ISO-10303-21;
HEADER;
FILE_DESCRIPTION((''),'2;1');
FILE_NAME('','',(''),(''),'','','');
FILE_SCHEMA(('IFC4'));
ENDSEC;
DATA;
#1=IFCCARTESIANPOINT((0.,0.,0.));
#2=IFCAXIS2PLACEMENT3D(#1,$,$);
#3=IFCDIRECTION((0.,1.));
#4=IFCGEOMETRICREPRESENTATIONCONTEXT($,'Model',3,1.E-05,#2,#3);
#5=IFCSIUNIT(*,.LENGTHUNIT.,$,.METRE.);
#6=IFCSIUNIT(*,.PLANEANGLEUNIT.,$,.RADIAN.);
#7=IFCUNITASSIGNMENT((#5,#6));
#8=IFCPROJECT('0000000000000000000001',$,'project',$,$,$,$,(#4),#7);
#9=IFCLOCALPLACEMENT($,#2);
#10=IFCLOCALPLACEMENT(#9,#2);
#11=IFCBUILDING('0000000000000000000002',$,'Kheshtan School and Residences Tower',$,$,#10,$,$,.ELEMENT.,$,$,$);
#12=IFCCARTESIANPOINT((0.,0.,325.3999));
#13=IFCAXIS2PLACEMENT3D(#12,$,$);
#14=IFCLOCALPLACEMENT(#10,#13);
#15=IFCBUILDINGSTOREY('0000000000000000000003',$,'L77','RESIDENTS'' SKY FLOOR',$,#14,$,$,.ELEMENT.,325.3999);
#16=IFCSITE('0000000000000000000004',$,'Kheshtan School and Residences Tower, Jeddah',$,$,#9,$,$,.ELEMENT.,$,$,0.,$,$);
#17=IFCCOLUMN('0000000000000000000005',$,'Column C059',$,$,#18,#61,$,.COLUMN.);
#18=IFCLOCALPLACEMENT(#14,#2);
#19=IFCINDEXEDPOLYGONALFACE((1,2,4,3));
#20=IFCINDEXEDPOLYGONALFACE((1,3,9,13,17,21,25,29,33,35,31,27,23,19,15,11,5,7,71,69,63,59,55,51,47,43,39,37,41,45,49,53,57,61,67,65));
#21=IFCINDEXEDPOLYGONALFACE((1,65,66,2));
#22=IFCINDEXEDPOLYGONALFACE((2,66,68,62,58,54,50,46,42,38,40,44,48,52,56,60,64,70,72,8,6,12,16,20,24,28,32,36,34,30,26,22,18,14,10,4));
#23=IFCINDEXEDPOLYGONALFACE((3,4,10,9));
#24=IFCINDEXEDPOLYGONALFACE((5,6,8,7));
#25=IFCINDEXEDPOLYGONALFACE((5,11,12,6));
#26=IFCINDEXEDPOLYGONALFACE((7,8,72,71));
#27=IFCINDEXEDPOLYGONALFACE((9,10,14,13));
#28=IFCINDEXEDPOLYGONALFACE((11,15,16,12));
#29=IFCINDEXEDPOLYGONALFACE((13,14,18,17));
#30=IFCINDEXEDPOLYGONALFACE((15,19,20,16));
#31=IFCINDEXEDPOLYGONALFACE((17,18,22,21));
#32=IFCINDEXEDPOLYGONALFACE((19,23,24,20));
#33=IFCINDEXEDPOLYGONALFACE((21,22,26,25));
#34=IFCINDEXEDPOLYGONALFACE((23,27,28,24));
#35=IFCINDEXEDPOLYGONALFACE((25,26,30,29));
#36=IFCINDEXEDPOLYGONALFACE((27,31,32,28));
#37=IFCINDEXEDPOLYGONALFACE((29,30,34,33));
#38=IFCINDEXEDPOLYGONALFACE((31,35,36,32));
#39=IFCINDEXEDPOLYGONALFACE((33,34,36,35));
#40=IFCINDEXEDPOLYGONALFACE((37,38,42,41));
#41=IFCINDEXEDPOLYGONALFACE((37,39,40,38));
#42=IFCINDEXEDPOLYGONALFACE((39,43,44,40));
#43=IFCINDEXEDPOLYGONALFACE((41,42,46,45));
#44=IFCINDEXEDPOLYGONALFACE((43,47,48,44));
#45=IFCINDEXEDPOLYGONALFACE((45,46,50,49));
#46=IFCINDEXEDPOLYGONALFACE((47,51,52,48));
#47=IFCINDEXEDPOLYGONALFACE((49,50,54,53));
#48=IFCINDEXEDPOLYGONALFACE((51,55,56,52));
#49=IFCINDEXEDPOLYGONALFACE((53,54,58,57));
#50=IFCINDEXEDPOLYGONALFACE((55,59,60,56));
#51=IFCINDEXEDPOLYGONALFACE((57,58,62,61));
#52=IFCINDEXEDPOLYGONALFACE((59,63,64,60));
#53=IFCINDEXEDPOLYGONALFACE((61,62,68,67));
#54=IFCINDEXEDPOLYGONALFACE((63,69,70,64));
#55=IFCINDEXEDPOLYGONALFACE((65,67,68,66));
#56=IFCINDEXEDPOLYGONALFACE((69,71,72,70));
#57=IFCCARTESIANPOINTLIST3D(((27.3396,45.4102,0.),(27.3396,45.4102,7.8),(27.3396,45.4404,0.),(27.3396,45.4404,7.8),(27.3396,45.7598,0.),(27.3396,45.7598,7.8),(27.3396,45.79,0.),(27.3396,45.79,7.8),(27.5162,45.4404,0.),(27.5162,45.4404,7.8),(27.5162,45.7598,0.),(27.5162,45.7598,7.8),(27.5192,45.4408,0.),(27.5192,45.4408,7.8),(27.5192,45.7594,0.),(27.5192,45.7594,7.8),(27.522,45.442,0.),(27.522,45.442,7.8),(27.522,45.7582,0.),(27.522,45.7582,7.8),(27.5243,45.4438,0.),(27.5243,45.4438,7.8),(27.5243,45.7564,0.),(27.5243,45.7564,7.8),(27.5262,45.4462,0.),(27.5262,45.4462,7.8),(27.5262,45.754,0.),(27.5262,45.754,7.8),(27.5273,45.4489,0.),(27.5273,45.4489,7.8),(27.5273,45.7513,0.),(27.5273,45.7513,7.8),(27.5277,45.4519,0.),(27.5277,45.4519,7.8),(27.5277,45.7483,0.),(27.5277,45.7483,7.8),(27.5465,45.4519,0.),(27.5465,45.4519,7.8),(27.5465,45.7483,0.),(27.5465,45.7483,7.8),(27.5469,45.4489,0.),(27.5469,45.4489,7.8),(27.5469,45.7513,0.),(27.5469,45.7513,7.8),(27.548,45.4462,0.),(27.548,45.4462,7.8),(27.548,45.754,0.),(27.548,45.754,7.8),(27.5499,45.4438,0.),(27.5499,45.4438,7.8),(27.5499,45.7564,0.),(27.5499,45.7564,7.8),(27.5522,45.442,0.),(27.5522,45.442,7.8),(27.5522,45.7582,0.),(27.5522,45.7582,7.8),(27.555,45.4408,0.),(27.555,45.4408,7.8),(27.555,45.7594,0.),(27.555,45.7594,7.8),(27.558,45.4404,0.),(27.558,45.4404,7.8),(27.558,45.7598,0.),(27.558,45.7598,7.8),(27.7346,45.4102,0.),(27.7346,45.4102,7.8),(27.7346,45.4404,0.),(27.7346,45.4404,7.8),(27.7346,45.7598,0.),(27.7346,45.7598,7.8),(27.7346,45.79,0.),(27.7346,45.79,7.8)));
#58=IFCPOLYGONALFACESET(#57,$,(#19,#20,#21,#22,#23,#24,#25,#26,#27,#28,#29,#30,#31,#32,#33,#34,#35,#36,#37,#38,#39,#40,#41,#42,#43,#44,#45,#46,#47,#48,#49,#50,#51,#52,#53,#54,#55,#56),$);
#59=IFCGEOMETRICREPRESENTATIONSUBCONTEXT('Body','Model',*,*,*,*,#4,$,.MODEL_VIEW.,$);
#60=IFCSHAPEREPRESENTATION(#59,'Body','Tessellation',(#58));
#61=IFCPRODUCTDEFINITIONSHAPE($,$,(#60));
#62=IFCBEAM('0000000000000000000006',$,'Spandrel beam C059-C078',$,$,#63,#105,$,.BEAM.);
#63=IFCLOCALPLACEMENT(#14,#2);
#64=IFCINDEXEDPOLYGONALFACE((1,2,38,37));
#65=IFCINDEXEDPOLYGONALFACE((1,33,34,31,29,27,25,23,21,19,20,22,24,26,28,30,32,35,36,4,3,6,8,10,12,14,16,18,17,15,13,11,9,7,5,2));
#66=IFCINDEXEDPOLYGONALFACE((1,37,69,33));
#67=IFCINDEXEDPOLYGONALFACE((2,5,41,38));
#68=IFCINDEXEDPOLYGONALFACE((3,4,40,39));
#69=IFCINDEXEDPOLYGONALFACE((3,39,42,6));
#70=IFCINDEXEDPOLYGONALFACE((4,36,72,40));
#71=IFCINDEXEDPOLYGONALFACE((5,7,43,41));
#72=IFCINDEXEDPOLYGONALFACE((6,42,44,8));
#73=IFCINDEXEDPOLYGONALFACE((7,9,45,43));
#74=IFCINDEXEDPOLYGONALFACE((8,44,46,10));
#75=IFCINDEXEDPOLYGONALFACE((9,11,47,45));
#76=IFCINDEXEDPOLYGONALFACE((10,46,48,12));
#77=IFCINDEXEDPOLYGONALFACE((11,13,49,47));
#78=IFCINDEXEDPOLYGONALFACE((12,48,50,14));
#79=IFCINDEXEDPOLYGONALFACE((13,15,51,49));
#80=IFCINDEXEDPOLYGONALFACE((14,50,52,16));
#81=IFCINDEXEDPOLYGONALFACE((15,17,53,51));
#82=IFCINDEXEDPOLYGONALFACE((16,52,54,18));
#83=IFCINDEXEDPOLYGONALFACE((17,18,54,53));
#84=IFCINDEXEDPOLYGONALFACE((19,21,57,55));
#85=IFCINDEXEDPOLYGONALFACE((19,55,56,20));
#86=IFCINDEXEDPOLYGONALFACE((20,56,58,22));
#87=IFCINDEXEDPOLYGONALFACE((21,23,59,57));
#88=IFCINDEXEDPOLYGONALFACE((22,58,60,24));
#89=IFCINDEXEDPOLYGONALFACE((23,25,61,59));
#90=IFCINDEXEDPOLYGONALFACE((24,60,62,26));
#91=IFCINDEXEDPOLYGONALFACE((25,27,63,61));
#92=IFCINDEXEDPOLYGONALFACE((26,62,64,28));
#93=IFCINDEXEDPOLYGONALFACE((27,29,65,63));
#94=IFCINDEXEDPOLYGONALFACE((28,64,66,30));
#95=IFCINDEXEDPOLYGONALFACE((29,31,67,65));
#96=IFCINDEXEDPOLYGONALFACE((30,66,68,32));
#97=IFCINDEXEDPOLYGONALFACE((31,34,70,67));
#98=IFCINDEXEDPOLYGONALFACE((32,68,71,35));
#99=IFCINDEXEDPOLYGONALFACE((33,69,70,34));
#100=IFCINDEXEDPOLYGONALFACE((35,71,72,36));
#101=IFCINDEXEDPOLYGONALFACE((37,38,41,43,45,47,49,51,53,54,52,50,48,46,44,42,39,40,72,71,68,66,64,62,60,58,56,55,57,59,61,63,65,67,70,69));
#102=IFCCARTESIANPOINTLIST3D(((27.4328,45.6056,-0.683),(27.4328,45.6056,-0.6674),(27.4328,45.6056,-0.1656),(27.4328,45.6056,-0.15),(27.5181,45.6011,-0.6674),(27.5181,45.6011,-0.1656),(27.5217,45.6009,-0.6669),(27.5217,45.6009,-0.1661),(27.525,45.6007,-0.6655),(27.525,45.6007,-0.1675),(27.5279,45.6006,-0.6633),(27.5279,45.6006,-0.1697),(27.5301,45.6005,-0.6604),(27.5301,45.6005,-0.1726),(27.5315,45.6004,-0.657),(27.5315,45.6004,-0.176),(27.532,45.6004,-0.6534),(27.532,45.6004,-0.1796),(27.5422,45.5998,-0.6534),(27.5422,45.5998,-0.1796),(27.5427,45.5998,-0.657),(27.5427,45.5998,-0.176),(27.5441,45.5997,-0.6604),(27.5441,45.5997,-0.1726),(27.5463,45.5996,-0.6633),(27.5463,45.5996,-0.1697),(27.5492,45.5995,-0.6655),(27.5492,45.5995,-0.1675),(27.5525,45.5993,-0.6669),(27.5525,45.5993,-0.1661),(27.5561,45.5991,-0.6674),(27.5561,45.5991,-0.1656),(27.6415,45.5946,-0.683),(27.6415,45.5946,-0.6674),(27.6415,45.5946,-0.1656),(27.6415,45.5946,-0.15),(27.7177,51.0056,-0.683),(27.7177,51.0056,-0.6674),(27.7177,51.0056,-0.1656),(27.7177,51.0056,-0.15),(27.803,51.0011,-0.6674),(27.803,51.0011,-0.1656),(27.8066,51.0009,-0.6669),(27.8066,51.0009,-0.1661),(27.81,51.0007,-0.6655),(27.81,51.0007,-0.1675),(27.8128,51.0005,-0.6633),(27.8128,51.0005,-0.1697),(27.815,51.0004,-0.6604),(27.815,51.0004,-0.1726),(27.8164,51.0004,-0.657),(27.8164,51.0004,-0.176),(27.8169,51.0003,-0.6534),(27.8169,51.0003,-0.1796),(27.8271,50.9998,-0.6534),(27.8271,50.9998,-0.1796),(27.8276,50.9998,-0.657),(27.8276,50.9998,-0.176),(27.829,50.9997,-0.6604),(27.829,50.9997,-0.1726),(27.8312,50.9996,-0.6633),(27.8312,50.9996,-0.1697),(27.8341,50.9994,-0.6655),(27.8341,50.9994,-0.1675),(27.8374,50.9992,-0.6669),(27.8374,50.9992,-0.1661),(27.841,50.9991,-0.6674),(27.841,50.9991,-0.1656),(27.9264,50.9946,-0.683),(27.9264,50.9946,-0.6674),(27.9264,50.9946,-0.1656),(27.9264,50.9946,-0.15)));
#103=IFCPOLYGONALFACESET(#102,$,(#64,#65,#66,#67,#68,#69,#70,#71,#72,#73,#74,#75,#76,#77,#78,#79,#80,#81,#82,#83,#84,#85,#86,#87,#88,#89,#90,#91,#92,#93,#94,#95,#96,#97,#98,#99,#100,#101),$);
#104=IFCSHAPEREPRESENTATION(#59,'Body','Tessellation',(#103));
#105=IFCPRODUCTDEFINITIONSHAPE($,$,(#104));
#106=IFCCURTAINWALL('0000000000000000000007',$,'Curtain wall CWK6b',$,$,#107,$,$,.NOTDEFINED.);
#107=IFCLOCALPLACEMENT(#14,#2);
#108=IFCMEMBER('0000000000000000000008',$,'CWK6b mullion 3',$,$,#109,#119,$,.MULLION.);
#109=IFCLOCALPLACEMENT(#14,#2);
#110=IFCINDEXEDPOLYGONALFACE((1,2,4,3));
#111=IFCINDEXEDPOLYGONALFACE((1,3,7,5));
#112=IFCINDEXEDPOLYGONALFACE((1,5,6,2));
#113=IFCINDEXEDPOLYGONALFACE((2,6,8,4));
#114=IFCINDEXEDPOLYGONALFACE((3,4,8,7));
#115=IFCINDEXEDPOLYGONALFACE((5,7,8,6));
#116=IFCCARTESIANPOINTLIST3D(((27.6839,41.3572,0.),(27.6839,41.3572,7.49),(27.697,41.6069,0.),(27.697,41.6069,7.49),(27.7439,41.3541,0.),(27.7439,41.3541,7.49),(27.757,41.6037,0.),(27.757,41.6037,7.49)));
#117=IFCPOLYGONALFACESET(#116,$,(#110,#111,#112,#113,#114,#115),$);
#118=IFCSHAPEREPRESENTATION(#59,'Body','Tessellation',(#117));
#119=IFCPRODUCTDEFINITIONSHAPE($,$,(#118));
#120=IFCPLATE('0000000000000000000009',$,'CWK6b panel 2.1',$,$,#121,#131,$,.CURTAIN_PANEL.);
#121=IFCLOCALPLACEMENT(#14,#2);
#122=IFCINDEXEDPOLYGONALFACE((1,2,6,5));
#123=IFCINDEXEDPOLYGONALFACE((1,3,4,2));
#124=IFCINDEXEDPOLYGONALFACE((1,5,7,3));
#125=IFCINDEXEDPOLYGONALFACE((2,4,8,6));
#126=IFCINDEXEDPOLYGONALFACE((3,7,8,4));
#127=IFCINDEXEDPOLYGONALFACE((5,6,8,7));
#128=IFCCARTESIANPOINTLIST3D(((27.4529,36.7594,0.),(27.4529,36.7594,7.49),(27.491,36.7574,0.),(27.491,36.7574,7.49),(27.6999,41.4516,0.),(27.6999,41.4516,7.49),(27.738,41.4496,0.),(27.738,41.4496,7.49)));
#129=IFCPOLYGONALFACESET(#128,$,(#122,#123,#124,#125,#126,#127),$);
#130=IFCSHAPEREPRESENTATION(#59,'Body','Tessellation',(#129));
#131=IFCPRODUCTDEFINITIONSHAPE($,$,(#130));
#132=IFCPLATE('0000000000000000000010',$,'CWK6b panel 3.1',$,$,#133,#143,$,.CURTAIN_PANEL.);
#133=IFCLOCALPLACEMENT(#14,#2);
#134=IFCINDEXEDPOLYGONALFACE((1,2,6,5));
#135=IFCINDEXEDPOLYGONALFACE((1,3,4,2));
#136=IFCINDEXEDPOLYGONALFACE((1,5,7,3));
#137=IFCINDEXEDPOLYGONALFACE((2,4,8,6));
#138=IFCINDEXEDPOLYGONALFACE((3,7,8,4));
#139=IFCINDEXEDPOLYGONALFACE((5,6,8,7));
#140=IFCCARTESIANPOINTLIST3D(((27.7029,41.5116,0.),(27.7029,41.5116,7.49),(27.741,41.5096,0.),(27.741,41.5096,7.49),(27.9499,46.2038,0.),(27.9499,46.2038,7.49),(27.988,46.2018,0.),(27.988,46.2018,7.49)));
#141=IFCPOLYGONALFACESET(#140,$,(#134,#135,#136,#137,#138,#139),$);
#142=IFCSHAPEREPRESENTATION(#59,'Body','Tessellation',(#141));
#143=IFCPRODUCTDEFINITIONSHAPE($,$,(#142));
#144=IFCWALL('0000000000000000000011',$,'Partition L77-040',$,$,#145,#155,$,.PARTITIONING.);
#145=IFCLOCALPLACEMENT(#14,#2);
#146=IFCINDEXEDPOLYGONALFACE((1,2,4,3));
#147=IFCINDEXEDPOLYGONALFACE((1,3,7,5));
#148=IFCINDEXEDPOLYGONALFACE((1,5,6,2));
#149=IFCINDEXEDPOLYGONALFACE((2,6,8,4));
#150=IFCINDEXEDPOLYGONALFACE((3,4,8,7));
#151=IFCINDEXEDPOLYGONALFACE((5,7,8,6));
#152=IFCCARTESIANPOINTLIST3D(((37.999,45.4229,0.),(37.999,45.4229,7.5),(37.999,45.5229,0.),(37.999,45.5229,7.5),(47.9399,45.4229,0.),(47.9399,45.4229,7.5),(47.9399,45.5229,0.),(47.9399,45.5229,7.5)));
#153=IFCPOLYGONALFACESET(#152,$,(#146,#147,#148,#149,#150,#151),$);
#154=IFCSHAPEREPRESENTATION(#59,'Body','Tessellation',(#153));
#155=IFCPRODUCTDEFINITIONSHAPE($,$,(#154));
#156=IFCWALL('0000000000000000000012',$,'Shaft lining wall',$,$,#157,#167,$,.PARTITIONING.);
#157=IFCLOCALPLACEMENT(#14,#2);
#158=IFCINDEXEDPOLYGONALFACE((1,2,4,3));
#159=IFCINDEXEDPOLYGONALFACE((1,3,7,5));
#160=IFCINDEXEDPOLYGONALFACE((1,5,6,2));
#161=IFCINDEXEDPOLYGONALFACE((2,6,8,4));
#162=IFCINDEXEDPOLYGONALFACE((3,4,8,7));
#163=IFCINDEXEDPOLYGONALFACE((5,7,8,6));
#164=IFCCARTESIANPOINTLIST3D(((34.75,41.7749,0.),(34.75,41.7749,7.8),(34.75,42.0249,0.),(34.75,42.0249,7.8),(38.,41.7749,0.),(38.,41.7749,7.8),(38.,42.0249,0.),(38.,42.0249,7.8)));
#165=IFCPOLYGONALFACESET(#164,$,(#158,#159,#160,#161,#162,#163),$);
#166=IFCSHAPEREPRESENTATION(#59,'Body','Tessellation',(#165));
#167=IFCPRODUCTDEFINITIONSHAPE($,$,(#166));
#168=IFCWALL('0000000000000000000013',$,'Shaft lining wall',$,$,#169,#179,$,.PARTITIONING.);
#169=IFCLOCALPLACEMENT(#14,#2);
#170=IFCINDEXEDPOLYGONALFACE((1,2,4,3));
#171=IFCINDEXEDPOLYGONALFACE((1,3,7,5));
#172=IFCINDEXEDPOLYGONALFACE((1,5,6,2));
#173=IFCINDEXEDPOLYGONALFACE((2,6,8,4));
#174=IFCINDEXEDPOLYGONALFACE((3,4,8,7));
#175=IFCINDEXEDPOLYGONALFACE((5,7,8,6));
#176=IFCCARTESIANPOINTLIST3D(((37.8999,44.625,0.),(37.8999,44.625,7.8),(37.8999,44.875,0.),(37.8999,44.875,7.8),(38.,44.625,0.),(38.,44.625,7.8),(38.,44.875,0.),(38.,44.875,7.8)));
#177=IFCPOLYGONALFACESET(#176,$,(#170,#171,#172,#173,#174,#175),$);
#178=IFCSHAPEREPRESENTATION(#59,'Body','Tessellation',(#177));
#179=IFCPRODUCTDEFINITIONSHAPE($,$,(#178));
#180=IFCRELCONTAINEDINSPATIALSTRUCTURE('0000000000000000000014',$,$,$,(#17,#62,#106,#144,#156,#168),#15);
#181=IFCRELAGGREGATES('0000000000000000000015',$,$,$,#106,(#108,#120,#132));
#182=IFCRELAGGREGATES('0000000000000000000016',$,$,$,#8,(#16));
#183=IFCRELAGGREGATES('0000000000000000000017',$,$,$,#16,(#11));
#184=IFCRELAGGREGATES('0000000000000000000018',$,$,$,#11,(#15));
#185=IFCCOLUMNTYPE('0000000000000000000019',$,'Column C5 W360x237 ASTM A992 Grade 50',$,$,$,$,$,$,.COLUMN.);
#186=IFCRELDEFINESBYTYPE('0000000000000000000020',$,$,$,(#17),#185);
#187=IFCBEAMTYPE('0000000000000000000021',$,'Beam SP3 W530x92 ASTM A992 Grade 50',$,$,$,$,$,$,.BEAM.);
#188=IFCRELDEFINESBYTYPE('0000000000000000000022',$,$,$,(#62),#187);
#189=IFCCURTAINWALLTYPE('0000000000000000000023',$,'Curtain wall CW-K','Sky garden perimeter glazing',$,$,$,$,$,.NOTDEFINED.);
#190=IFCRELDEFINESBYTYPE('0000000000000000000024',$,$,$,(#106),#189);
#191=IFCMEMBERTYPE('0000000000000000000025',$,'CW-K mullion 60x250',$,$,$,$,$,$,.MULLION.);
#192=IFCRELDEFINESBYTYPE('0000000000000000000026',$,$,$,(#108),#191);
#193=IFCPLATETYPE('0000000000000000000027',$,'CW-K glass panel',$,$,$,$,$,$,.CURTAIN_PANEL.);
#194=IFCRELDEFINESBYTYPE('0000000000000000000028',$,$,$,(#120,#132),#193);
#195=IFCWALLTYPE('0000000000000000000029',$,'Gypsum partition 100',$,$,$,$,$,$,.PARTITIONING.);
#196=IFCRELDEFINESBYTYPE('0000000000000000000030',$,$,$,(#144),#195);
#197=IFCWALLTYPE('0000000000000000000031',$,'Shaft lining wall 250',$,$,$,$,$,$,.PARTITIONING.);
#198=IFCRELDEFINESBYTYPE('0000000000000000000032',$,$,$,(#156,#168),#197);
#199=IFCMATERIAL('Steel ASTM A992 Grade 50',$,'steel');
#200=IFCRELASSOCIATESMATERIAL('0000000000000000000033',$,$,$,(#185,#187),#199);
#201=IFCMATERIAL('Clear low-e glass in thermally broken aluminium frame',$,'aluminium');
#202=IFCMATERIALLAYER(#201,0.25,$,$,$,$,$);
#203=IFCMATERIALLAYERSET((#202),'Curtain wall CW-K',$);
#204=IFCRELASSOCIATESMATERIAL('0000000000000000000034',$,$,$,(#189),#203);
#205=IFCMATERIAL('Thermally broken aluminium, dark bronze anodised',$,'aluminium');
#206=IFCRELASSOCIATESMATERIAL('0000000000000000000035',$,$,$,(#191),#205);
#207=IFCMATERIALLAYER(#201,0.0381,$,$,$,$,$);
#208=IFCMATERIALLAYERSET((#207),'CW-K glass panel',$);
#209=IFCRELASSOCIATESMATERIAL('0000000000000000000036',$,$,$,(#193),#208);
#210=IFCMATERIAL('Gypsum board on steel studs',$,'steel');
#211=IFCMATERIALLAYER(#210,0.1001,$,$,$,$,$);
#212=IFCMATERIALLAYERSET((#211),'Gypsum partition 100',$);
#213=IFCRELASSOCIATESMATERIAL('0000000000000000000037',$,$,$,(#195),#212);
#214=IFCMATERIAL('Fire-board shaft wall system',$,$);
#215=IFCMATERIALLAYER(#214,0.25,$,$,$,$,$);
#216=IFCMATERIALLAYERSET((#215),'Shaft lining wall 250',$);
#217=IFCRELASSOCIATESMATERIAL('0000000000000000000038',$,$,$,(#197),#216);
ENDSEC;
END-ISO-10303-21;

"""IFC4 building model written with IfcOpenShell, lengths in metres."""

from ifc_helpers import new_model, si_unit, direction, frame, frame_2d, origin, origin_2d, place, context, subcontext, project, spatial, rectangle, i_section, extrude, material, layer, layer_set, material_profile, profile_set, type_object, element, aggregate, save


model = new_model("IFC4")

# Units and contexts
model_context = context("Model", 3, precision=1e-05, world=origin(), true_north=direction((0.0, 1.0)))
body_context = subcontext(model_context, "Body", "Model", "MODEL_VIEW")
ifc_project = project(units=[si_unit("LENGTHUNIT", "METRE"), si_unit("PLANEANGLEUNIT", "RADIAN")], contexts=[model_context])

# Site, building, storey
site_placement = place(None, origin())
site = spatial("IfcSite", under=ifc_project, at=site_placement, Name="Kheshtan School and Residences Tower, Jeddah", CompositionType="ELEMENT", RefElevation=0.0)
building_placement = place(site_placement, origin())
building = spatial("IfcBuilding", under=site, at=building_placement, Name="Kheshtan School and Residences Tower", CompositionType="ELEMENT")
storey_placement = place(building_placement, frame((0.0, 0.0, 325.3999)))
storey = spatial("IfcBuildingStorey", under=building, at=storey_placement, Name="L77", Description="RESIDENTS' SKY FLOOR", CompositionType="ELEMENT", Elevation=325.3999)

# Column
ifc_material_1 = material(Name="Steel ASTM A992 Grade 50", Category="steel")
ifc_material_profile_1 = material_profile(ifc_material_1, i_section(OverallWidth=0.395, OverallDepth=0.3799, WebThickness=0.0188, FlangeThickness=0.0303, FilletRadius=0.0115, at=origin_2d()), Name="W360x237")
ifc_profile_set_1 = profile_set([ifc_material_profile_1], Name="Steel ASTM A992 Grade 50")
column_type = type_object("IfcColumnType", Name="Column C5 W360x237 ASTM A992 Grade 50", PredefinedType="COLUMN", material=ifc_profile_set_1)
column_placement = place(storey_placement, frame((27.5371, 45.6001, 0.0), z_axis=(0.0, 0.0, 1.0), x_axis=(1.0, 0.0, 0.0)))
element("IfcColumn", 1, at=column_placement, inside=storey, type_object=column_type, Name="Column C059", PredefinedType="COLUMN", context=body_context, shape_type="SweptSolid", body=[
    extrude(i_section(OverallWidth=0.395, OverallDepth=0.3799, WebThickness=0.0188, FlangeThickness=0.0303, FilletRadius=0.0115, at=origin_2d()), origin(), (0.0, 0.0, 1.0), 7.8),
])

# Beam
ifc_material_profile_2 = material_profile(ifc_material_1, i_section(OverallWidth=0.209, OverallDepth=0.533, WebThickness=0.0103, FlangeThickness=0.0156, FilletRadius=0.0139, at=origin_2d()), Name="W530x92")
ifc_profile_set_2 = profile_set([ifc_material_profile_2], Name="Steel ASTM A992 Grade 50")
beam_type = type_object("IfcBeamType", Name="Beam SP3 W530x92 ASTM A992 Grade 50", PredefinedType="BEAM", material=ifc_profile_set_2)
beam_placement = place(storey_placement, frame((27.5371, 45.6001, -0.4165), z_axis=(0.052689, 0.998611, 0.0), x_axis=(-0.998611, 0.052689, 0.0)))
element("IfcBeam", 2, at=beam_placement, inside=storey, type_object=beam_type, Name="Spandrel beam C059-C078", PredefinedType="BEAM", context=body_context, shape_type="SweptSolid", body=[
    extrude(i_section(OverallWidth=0.209, OverallDepth=0.533, WebThickness=0.0103, FlangeThickness=0.0156, FilletRadius=0.0139, at=origin_2d()), origin(), (0.0, 0.0, 1.0), 5.4075),
])

# Curtain wall, member, plates
ifc_material_2 = material(Name="Clear low-e glass in thermally broken aluminium frame", Category="aluminium")
ifc_layer_1 = layer(ifc_material_2, 0.25)
ifc_layer_set_1 = layer_set([ifc_layer_1], Name="Curtain wall CW-K")
curtain_wall_type = type_object("IfcCurtainWallType", Name="Curtain wall CW-K", Description="Sky garden perimeter glazing", PredefinedType="NOTDEFINED", material=ifc_layer_set_1)
curtain_wall_placement = place(storey_placement, origin())
curtain_wall = element("IfcCurtainWall", 3, at=curtain_wall_placement, inside=storey, type_object=curtain_wall_type, Name="Curtain wall CWK6b", PredefinedType="NOTDEFINED")
ifc_material_3 = material(Name="Thermally broken aluminium, dark bronze anodised", Category="aluminium")
ifc_material_profile_3 = material_profile(ifc_material_3, rectangle(XDim=0.0601, YDim=0.25, at=origin_2d()), Name="CW-K mullion 60x250")
ifc_profile_set_3 = profile_set([ifc_material_profile_3], Name="Thermally broken aluminium, dark bronze anodised")
member_type = type_object("IfcMemberType", Name="CW-K mullion 60x250", PredefinedType="MULLION", material=ifc_profile_set_3)
member_placement = place(storey_placement, frame((27.7205, 41.4805, 0.0), z_axis=(0.0, 0.0, 1.0), x_axis=(-0.998617, 0.052565, 0.0)))
member = element("IfcMember", 4, at=member_placement, type_object=member_type, Name="CWK6b mullion 3", PredefinedType="MULLION", context=body_context, shape_type="SweptSolid", body=[
    extrude(rectangle(XDim=0.0601, YDim=0.25, at=origin_2d()), origin(), (0.0, 0.0, 1.0), 7.49),
])
ifc_layer_2 = layer(ifc_material_2, 0.0381)
ifc_layer_set_2 = layer_set([ifc_layer_2], Name="CW-K glass panel")
plate_type = type_object("IfcPlateType", Name="CW-K glass panel", PredefinedType="CURTAIN_PANEL", material=ifc_layer_set_2)
plate_1_placement = place(storey_placement, frame((27.5955, 39.1045, 0.0), z_axis=(0.0, 0.0, 1.0), x_axis=(0.052565, 0.998617, 0.0)))
plate_1 = element("IfcPlate", 5, at=plate_1_placement, type_object=plate_type, Name="CWK6b panel 2.1", PredefinedType="CURTAIN_PANEL", context=body_context, shape_type="SweptSolid", body=[
    extrude(rectangle(XDim=4.6987, YDim=0.0381, at=origin_2d()), origin(), (0.0, 0.0, 1.0), 7.49),
])
plate_2_placement = place(storey_placement, frame((27.8455, 43.8567, 0.0), z_axis=(0.0, 0.0, 1.0), x_axis=(0.052565, 0.998617, 0.0)))
plate_2 = element("IfcPlate", 6, at=plate_2_placement, type_object=plate_type, Name="CWK6b panel 3.1", PredefinedType="CURTAIN_PANEL", context=body_context, shape_type="SweptSolid", body=[
    extrude(rectangle(XDim=4.6987, YDim=0.0381, at=origin_2d()), origin(), (0.0, 0.0, 1.0), 7.49),
])
aggregate(curtain_wall, [member, plate_1, plate_2])

# Walls
ifc_material_4 = material(Name="Gypsum board on steel studs", Category="steel")
ifc_layer_3 = layer(ifc_material_4, 0.1001)
ifc_layer_set_3 = layer_set([ifc_layer_3], Name="Gypsum partition 100")
wall_type_1 = type_object("IfcWallType", Name="Gypsum partition 100", PredefinedType="PARTITIONING", material=ifc_layer_set_3)
wall_1_placement = place(storey_placement, frame((37.999, 45.4729, 0.0), z_axis=(0.0, 0.0, 1.0), x_axis=(1.0, 0.0, 0.0)))
element("IfcWall", 7, at=wall_1_placement, inside=storey, type_object=wall_type_1, Name="Partition L77-040", PredefinedType="PARTITIONING", context=body_context, shape_type="SweptSolid", body=[
    extrude(rectangle(XDim=9.9409, YDim=0.1001, at=frame_2d((4.9705, 0.0))), origin(), (0.0, 0.0, 1.0), 7.5),
])
ifc_material_5 = material(Name="Fire-board shaft wall system")
ifc_layer_4 = layer(ifc_material_5, 0.25)
ifc_layer_set_4 = layer_set([ifc_layer_4], Name="Shaft lining wall 250")
wall_type_2 = type_object("IfcWallType", Name="Shaft lining wall 250", PredefinedType="PARTITIONING", material=ifc_layer_set_4)
wall_2_placement = place(storey_placement, frame((34.75, 41.8999, 0.0), z_axis=(0.0, 0.0, 1.0), x_axis=(1.0, 0.0, 0.0)))
element("IfcWall", 8, at=wall_2_placement, inside=storey, type_object=wall_type_2, Name="Shaft lining wall", PredefinedType="PARTITIONING", context=body_context, shape_type="SweptSolid", body=[
    extrude(rectangle(XDim=3.25, YDim=0.25, at=frame_2d((1.625, 0.0))), origin(), (0.0, 0.0, 1.0), 7.8),
])
wall_3_placement = place(storey_placement, frame((37.8999, 44.75, 0.0), z_axis=(0.0, 0.0, 1.0), x_axis=(1.0, 0.0, 0.0)))
element("IfcWall", 9, at=wall_3_placement, inside=storey, type_object=wall_type_2, Name="Shaft lining wall", PredefinedType="PARTITIONING", context=body_context, shape_type="SweptSolid", body=[
    extrude(rectangle(XDim=0.1001, YDim=0.25, at=frame_2d((0.05, 0.0))), origin(), (0.0, 0.0, 1.0), 7.8),
])

save(model, "model.ifc")
